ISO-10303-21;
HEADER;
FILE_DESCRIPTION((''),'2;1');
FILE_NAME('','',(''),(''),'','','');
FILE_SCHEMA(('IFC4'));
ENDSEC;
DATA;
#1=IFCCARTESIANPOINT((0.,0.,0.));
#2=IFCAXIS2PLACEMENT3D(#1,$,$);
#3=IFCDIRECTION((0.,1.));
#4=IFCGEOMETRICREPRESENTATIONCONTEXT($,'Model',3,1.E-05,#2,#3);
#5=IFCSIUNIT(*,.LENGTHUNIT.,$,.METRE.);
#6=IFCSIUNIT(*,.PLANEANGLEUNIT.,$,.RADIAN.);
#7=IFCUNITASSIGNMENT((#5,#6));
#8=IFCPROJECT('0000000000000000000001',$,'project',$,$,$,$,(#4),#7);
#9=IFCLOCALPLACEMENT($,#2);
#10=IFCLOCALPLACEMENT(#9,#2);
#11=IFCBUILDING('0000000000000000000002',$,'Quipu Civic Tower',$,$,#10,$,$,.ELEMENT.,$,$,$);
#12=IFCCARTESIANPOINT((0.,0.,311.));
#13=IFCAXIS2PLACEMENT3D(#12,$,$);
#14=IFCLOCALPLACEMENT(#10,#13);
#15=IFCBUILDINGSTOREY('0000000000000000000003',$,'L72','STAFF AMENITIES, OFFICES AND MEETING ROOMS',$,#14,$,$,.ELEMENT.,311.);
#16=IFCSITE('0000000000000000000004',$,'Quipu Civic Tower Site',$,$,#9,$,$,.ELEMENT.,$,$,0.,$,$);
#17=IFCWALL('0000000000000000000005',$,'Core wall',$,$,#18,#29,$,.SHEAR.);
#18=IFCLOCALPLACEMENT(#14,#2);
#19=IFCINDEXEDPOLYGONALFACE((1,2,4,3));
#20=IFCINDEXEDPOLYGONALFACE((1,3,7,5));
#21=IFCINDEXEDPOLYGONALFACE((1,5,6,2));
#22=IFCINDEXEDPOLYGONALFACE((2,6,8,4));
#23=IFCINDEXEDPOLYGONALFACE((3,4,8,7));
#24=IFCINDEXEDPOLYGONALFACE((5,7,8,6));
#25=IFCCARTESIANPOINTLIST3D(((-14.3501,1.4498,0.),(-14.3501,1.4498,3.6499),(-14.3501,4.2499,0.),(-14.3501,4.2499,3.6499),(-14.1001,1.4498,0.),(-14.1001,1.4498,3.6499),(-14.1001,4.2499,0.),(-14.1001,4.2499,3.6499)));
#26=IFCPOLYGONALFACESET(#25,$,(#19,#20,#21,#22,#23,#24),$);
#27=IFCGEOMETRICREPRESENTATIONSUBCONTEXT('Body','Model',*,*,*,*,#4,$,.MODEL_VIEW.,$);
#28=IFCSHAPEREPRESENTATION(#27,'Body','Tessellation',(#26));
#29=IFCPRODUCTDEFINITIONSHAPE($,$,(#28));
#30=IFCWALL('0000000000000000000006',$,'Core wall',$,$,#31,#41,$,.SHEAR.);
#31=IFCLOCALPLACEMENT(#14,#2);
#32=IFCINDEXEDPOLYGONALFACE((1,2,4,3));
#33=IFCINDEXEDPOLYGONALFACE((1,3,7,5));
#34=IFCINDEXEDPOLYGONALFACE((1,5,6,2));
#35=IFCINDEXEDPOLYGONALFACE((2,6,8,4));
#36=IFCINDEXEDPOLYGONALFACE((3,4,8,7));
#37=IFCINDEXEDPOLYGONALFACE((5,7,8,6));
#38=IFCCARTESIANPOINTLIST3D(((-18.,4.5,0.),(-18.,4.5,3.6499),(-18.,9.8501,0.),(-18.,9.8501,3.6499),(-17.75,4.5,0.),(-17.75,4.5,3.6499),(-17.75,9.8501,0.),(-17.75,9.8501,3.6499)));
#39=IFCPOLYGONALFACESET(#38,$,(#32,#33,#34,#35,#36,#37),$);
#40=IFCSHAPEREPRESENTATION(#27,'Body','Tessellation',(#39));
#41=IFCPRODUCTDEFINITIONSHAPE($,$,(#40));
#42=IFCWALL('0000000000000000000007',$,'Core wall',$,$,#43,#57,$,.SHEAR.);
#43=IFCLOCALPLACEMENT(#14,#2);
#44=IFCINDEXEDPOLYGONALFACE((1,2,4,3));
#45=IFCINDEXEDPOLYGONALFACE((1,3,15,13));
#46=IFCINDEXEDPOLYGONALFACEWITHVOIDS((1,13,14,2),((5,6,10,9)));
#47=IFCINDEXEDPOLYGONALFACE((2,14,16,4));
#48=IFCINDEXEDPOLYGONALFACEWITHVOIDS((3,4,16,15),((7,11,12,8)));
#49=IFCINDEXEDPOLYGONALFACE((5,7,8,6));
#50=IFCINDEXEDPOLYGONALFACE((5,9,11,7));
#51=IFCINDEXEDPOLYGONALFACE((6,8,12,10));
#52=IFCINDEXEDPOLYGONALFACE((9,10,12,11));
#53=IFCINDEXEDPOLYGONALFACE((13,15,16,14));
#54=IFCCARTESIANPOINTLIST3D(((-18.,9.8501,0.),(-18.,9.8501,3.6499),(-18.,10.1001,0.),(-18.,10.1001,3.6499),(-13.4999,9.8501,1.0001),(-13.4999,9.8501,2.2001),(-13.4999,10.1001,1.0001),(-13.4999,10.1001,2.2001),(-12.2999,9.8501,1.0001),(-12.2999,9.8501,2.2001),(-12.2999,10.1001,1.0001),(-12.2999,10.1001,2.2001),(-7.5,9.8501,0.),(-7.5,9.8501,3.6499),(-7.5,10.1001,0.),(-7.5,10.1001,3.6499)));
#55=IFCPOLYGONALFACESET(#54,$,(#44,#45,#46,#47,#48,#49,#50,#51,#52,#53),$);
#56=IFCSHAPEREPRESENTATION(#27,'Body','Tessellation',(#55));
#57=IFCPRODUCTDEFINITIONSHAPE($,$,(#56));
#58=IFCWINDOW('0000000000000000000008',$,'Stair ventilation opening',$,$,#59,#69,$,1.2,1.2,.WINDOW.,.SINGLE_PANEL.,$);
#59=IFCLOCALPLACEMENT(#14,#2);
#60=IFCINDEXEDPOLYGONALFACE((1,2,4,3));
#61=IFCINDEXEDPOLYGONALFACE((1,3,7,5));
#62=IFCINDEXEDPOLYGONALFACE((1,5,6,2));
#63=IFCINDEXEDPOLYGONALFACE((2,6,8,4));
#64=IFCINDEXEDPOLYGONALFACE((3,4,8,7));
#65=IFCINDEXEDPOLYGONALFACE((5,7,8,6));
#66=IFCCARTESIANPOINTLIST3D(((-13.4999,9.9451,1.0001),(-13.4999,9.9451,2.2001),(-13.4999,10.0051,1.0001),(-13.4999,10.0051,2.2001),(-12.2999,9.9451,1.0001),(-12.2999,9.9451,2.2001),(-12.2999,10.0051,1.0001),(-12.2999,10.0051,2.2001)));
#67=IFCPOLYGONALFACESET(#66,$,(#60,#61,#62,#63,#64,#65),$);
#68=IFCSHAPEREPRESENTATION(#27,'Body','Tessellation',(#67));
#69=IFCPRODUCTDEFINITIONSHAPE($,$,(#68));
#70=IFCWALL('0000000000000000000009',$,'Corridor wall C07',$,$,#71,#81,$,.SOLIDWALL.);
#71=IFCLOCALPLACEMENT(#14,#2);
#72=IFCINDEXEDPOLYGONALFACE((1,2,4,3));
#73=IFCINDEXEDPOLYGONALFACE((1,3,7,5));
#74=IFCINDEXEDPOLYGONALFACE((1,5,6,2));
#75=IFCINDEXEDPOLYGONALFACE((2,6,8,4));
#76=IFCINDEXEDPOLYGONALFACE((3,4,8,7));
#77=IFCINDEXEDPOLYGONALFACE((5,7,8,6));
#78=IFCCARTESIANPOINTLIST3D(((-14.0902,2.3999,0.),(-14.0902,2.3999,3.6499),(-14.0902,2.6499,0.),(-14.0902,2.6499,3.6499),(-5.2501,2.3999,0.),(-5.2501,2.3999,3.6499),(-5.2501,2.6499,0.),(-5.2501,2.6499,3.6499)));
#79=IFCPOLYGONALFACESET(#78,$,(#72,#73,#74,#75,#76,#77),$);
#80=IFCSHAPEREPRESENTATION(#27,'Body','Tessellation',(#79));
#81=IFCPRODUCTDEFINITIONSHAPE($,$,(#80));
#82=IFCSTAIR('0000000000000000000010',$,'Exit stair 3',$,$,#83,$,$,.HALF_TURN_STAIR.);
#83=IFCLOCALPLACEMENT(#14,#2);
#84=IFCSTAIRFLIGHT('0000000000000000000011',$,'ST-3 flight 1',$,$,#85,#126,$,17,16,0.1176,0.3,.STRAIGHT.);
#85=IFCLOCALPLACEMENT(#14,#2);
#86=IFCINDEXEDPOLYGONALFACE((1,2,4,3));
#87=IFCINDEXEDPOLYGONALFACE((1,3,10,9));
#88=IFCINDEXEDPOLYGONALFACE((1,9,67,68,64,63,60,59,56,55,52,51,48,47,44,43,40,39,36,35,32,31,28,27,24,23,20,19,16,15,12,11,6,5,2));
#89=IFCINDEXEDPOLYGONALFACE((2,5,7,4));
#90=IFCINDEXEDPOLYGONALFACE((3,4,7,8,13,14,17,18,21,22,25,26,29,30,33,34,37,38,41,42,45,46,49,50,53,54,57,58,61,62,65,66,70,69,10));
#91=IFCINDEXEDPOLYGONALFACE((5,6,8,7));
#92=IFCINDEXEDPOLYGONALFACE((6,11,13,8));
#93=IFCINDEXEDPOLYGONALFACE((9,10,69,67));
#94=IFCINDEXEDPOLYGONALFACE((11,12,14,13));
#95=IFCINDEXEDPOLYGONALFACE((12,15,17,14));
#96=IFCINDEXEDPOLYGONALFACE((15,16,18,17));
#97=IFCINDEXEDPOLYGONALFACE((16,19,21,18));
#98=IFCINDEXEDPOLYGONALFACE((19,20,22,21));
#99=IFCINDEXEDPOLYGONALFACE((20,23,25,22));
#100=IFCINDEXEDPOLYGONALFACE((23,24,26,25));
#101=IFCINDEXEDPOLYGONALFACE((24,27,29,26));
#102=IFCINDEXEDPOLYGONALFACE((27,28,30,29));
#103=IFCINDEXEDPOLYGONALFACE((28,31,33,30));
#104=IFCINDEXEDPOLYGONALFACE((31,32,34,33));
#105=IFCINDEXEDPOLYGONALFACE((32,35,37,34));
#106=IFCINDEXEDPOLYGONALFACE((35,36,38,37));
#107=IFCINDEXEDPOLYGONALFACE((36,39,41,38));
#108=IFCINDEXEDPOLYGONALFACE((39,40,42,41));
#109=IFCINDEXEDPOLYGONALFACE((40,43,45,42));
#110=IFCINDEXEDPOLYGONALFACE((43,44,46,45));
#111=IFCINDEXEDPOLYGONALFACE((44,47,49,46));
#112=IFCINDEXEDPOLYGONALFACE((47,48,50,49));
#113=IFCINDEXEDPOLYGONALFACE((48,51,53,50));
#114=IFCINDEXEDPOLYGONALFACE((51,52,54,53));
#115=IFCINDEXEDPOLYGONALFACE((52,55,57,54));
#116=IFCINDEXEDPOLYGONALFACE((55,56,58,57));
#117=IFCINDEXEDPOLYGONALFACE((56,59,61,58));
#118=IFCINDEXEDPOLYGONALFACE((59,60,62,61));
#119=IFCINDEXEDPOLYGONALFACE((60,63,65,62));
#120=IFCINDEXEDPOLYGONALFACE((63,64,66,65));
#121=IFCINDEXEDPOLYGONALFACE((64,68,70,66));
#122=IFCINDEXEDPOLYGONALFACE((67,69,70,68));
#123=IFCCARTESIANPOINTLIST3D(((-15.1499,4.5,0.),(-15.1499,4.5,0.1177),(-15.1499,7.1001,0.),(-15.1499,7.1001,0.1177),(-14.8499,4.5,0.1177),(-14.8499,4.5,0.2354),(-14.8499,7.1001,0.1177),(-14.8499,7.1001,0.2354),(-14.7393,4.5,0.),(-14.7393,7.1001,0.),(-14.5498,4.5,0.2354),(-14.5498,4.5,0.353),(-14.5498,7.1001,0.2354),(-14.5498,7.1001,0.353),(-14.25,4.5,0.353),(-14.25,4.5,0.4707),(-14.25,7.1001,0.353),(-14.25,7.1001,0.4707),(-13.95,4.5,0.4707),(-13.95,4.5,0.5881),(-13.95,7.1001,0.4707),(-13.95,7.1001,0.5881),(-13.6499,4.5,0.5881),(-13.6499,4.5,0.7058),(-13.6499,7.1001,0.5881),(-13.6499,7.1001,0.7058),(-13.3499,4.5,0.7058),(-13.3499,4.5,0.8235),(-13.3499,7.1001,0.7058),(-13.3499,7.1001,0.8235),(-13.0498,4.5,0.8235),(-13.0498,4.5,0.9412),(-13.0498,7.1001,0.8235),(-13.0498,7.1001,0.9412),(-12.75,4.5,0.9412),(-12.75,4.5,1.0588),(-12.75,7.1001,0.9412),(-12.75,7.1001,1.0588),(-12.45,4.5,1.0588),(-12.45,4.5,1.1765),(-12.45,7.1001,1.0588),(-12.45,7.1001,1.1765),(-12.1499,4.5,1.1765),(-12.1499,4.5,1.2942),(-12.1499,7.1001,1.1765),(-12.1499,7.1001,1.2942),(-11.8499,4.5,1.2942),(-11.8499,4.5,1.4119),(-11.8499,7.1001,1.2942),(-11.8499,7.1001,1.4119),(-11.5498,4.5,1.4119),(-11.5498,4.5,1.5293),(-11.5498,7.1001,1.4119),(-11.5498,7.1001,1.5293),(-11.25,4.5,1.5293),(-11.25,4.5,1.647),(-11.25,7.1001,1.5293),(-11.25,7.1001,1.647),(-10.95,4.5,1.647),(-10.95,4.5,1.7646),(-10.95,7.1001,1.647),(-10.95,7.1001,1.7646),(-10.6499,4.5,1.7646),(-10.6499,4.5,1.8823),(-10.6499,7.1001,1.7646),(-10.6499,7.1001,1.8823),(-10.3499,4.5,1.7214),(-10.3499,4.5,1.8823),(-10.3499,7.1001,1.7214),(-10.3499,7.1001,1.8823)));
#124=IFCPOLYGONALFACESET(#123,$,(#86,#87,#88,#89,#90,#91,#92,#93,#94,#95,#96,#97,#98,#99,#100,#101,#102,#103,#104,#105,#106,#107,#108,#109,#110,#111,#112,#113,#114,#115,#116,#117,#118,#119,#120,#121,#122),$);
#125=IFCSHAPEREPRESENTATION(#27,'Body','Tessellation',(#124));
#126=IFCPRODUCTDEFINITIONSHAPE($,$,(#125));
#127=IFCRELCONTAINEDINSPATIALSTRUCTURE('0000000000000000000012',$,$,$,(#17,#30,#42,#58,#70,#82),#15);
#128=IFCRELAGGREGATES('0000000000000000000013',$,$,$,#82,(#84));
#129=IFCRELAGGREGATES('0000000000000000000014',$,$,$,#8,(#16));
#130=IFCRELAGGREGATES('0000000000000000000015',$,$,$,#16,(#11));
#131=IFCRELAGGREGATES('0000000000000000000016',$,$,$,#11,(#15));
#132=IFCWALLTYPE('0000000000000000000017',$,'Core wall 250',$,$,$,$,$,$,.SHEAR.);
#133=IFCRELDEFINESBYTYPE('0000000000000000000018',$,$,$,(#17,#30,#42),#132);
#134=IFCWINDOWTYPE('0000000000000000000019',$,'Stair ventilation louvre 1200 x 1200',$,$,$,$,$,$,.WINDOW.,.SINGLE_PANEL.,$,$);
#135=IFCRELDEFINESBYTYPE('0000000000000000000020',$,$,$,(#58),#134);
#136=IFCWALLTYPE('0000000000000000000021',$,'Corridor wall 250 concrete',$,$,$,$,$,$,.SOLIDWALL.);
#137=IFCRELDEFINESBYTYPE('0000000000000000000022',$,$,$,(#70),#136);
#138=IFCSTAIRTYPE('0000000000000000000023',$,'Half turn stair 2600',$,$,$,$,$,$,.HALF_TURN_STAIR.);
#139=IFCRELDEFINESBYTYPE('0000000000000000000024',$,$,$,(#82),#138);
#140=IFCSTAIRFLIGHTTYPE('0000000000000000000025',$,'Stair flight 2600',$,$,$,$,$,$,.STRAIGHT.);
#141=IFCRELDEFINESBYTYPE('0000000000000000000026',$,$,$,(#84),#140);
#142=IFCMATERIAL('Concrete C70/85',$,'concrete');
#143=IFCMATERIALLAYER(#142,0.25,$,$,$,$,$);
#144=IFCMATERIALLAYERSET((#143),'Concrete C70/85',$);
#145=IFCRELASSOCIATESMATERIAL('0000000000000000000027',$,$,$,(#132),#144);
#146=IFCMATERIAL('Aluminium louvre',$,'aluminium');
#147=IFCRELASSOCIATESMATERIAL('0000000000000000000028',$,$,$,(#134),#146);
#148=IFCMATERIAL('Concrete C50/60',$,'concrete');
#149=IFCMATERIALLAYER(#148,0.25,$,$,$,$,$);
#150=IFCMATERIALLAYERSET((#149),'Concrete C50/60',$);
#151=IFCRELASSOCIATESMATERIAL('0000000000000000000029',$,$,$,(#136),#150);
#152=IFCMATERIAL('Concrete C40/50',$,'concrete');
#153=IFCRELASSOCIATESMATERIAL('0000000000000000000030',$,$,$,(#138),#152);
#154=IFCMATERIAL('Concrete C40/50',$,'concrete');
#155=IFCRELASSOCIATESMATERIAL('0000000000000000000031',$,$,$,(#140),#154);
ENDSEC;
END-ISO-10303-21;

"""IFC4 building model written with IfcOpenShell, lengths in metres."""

from ifc_helpers import new_model, si_unit, direction, frame, frame_2d, origin, place, context, subcontext, project, spatial, polyline, rectangle, outline, extrude, material, layer, layer_set, type_object, element, fill, aggregate, save


model = new_model("IFC4")

# Units and contexts
model_context = context("Model", 3, precision=1e-05, world=origin(), true_north=direction((0.0, 1.0)))
body_context = subcontext(model_context, "Body", "Model", "MODEL_VIEW")
ifc_project = project(units=[si_unit("LENGTHUNIT", "METRE"), si_unit("PLANEANGLEUNIT", "RADIAN")], contexts=[model_context])

# Site, building, storey
site_placement = place(None, origin())
site = spatial("IfcSite", under=ifc_project, at=site_placement, Name="Quipu Civic Tower Site", CompositionType="ELEMENT", RefElevation=0.0)
building_placement = place(site_placement, origin())
building = spatial("IfcBuilding", under=site, at=building_placement, Name="Quipu Civic Tower", CompositionType="ELEMENT")
storey_placement = place(building_placement, frame((0.0, 0.0, 311.0)))
storey = spatial("IfcBuildingStorey", under=building, at=storey_placement, Name="L72", Description="STAFF AMENITIES, OFFICES AND MEETING ROOMS", CompositionType="ELEMENT", Elevation=311.0)

# Walls
ifc_material_1 = material(Name="Concrete C70/85", Category="concrete")
ifc_layer_1 = layer(ifc_material_1, 0.25)
ifc_layer_set_1 = layer_set([ifc_layer_1], Name="Concrete C70/85")
wall_type_1 = type_object("IfcWallType", Name="Core wall 250", PredefinedType="SHEAR", material=ifc_layer_set_1)
for number, where, z_axis, x_axis, name in (
    (1, (-14.2251, 1.45, 0.0), (0.0, 0.0, 1.0), (0.0, 1.0, 0.0), "Core wall"),
):
    element("IfcWall", number, at=place(storey_placement, frame(where, z_axis=z_axis, x_axis=x_axis)), inside=storey, type_object=wall_type_1, Name=name, PredefinedType="SHEAR", context=body_context, shape_type="SweptSolid", body=[
        extrude(rectangle(XDim=2.8, YDim=0.25, at=frame_2d((1.3999, 0.0))), origin(), (0.0, 0.0, 1.0), 3.6499),
    ])
wall_1_placement = place(storey_placement, frame((-17.875, 4.5, 0.0), z_axis=(0.0, 0.0, 1.0), x_axis=(0.0, 1.0, 0.0)))
element("IfcWall", 2, at=wall_1_placement, inside=storey, type_object=wall_type_1, Name="Core wall", PredefinedType="SHEAR", context=body_context, shape_type="SweptSolid", body=[
    extrude(rectangle(XDim=5.3501, YDim=0.25, at=frame_2d((2.675, 0.0))), origin(), (0.0, 0.0, 1.0), 3.6499),
])

# Wall, opening, window
wall_2_placement = place(storey_placement, frame((-18.0, 9.9751, 0.0), z_axis=(0.0, 0.0, 1.0), x_axis=(1.0, 0.0, 0.0)))
wall_2 = element("IfcWall", 3, at=wall_2_placement, inside=storey, type_object=wall_type_1, Name="Core wall", PredefinedType="SHEAR", context=body_context, shape_type="SweptSolid", body=[
    extrude(rectangle(XDim=10.5, YDim=0.25, at=frame_2d((5.25, 0.0))), origin(), (0.0, 0.0, 1.0), 3.6499),
])
opening_placement = place(wall_2_placement, frame((4.5, 0.0, 1.0)))
opening = element("IfcOpeningElement", 4, at=opening_placement, cuts=wall_2, PredefinedType="OPENING", context=body_context, shape_type="SweptSolid", body=[
    extrude(rectangle(XDim=1.2, YDim=1.2, at=frame_2d((0.6001, 0.6001))), frame((0.0, 0.135, 0.0), z_axis=(0.0, -1.0, 0.0), x_axis=(1.0, 0.0, 0.0)), (0.0, 0.0, 1.0), 0.27),
])
ifc_material_2 = material(Name="Aluminium louvre", Category="aluminium")
window_type = type_object("IfcWindowType", Name="Stair ventilation louvre 1200 x 1200", PartitioningType="SINGLE_PANEL", PredefinedType="WINDOW", material=ifc_material_2)
window_placement = place(opening_placement, origin())
window = element("IfcWindow", 5, at=window_placement, inside=storey, type_object=window_type, Name="Stair ventilation opening", OverallHeight=1.2, OverallWidth=1.2, PartitioningType="SINGLE_PANEL", PredefinedType="WINDOW", context=body_context, shape_type="SweptSolid", body=[
    extrude(rectangle(XDim=1.2, YDim=1.2, at=frame_2d((0.6001, 0.6001))), frame((0.0, 0.03, 0.0), z_axis=(0.0, -1.0, 0.0), x_axis=(1.0, 0.0, 0.0)), (0.0, 0.0, 1.0), 0.0601),
])
fill(opening, window)

# Wall
ifc_material_3 = material(Name="Concrete C50/60", Category="concrete")
ifc_layer_2 = layer(ifc_material_3, 0.25)
ifc_layer_set_2 = layer_set([ifc_layer_2], Name="Concrete C50/60")
wall_type_2 = type_object("IfcWallType", Name="Corridor wall 250 concrete", PredefinedType="SOLIDWALL", material=ifc_layer_set_2)
wall_3_placement = place(storey_placement, frame((-14.0901, 2.5249, 0.0), z_axis=(0.0, 0.0, 1.0), x_axis=(1.0, 0.0, 0.0)))
element("IfcWall", 6, at=wall_3_placement, inside=storey, type_object=wall_type_2, Name="Corridor wall C07", PredefinedType="SOLIDWALL", context=body_context, shape_type="SweptSolid", body=[
    extrude(rectangle(XDim=8.8401, YDim=0.25, at=frame_2d((4.4199, 0.0))), origin(), (0.0, 0.0, 1.0), 3.6499),
])

# Stair, stair flight
ifc_material_4 = material(Name="Concrete C40/50", Category="concrete")
stair_type = type_object("IfcStairType", Name="Half turn stair 2600", PredefinedType="HALF_TURN_STAIR", material=ifc_material_4)
stair_placement = place(storey_placement, origin())
stair = element("IfcStair", 7, at=stair_placement, inside=storey, type_object=stair_type, Name="Exit stair 3", PredefinedType="HALF_TURN_STAIR")
ifc_material_5 = material(Name="Concrete C40/50", Category="concrete")
stair_flight_type = type_object("IfcStairFlightType", Name="Stair flight 2600", PredefinedType="STRAIGHT", material=ifc_material_5)
stair_flight_placement = place(storey_placement, frame((-15.1499, 5.8, 0.0), z_axis=(0.0, 0.0, 1.0), x_axis=(1.0, 0.0, 0.0)))
stair_flight = element("IfcStairFlight", 8, at=stair_flight_placement, type_object=stair_flight_type, Name="ST-3 flight 1", NumberOfRisers=17, NumberOfTreads=16, PredefinedType="STRAIGHT", RiserHeight=0.1176, TreadLength=0.3, context=body_context, shape_type="SweptSolid", body=[
    extrude(outline(polyline([(0.0, 0.0), (0.0, 0.1177), (0.3, 0.1177), (0.3, 0.2354), (0.6001, 0.2354), (0.6001, 0.353), (0.8999, 0.353), (0.8999, 0.4707), (1.2, 0.4707), (1.2, 0.5881), (1.5, 0.5881), (1.5, 0.7058), (1.8, 0.7058), (1.8, 0.8235), (2.1001, 0.8235), (2.1001, 0.9412), (2.3999, 0.9412), (2.3999, 1.0588), (2.7, 1.0588), (2.7, 1.1765), (3.0, 1.1765), (3.0, 1.2942), (3.3, 1.2942), (3.3, 1.4119), (3.6001, 1.4119), (3.6001, 1.5293), (3.8999, 1.5293), (3.8999, 1.647), (4.2, 1.647), (4.2, 1.7646), (4.5, 1.7646), (4.5, 1.8823), (4.8, 1.8823), (4.8, 2.0), (4.8, 1.7214), (0.4106, 0.0), (0.0, 0.0)])), frame((0.0, 1.3, 0.0), z_axis=(0.0, -1.0, 0.0), x_axis=(1.0, 0.0, 0.0)), (0.0, 0.0, 1.0), 2.6001),
])
aggregate(stair, [stair_flight])

save(model, "model.ifc")
